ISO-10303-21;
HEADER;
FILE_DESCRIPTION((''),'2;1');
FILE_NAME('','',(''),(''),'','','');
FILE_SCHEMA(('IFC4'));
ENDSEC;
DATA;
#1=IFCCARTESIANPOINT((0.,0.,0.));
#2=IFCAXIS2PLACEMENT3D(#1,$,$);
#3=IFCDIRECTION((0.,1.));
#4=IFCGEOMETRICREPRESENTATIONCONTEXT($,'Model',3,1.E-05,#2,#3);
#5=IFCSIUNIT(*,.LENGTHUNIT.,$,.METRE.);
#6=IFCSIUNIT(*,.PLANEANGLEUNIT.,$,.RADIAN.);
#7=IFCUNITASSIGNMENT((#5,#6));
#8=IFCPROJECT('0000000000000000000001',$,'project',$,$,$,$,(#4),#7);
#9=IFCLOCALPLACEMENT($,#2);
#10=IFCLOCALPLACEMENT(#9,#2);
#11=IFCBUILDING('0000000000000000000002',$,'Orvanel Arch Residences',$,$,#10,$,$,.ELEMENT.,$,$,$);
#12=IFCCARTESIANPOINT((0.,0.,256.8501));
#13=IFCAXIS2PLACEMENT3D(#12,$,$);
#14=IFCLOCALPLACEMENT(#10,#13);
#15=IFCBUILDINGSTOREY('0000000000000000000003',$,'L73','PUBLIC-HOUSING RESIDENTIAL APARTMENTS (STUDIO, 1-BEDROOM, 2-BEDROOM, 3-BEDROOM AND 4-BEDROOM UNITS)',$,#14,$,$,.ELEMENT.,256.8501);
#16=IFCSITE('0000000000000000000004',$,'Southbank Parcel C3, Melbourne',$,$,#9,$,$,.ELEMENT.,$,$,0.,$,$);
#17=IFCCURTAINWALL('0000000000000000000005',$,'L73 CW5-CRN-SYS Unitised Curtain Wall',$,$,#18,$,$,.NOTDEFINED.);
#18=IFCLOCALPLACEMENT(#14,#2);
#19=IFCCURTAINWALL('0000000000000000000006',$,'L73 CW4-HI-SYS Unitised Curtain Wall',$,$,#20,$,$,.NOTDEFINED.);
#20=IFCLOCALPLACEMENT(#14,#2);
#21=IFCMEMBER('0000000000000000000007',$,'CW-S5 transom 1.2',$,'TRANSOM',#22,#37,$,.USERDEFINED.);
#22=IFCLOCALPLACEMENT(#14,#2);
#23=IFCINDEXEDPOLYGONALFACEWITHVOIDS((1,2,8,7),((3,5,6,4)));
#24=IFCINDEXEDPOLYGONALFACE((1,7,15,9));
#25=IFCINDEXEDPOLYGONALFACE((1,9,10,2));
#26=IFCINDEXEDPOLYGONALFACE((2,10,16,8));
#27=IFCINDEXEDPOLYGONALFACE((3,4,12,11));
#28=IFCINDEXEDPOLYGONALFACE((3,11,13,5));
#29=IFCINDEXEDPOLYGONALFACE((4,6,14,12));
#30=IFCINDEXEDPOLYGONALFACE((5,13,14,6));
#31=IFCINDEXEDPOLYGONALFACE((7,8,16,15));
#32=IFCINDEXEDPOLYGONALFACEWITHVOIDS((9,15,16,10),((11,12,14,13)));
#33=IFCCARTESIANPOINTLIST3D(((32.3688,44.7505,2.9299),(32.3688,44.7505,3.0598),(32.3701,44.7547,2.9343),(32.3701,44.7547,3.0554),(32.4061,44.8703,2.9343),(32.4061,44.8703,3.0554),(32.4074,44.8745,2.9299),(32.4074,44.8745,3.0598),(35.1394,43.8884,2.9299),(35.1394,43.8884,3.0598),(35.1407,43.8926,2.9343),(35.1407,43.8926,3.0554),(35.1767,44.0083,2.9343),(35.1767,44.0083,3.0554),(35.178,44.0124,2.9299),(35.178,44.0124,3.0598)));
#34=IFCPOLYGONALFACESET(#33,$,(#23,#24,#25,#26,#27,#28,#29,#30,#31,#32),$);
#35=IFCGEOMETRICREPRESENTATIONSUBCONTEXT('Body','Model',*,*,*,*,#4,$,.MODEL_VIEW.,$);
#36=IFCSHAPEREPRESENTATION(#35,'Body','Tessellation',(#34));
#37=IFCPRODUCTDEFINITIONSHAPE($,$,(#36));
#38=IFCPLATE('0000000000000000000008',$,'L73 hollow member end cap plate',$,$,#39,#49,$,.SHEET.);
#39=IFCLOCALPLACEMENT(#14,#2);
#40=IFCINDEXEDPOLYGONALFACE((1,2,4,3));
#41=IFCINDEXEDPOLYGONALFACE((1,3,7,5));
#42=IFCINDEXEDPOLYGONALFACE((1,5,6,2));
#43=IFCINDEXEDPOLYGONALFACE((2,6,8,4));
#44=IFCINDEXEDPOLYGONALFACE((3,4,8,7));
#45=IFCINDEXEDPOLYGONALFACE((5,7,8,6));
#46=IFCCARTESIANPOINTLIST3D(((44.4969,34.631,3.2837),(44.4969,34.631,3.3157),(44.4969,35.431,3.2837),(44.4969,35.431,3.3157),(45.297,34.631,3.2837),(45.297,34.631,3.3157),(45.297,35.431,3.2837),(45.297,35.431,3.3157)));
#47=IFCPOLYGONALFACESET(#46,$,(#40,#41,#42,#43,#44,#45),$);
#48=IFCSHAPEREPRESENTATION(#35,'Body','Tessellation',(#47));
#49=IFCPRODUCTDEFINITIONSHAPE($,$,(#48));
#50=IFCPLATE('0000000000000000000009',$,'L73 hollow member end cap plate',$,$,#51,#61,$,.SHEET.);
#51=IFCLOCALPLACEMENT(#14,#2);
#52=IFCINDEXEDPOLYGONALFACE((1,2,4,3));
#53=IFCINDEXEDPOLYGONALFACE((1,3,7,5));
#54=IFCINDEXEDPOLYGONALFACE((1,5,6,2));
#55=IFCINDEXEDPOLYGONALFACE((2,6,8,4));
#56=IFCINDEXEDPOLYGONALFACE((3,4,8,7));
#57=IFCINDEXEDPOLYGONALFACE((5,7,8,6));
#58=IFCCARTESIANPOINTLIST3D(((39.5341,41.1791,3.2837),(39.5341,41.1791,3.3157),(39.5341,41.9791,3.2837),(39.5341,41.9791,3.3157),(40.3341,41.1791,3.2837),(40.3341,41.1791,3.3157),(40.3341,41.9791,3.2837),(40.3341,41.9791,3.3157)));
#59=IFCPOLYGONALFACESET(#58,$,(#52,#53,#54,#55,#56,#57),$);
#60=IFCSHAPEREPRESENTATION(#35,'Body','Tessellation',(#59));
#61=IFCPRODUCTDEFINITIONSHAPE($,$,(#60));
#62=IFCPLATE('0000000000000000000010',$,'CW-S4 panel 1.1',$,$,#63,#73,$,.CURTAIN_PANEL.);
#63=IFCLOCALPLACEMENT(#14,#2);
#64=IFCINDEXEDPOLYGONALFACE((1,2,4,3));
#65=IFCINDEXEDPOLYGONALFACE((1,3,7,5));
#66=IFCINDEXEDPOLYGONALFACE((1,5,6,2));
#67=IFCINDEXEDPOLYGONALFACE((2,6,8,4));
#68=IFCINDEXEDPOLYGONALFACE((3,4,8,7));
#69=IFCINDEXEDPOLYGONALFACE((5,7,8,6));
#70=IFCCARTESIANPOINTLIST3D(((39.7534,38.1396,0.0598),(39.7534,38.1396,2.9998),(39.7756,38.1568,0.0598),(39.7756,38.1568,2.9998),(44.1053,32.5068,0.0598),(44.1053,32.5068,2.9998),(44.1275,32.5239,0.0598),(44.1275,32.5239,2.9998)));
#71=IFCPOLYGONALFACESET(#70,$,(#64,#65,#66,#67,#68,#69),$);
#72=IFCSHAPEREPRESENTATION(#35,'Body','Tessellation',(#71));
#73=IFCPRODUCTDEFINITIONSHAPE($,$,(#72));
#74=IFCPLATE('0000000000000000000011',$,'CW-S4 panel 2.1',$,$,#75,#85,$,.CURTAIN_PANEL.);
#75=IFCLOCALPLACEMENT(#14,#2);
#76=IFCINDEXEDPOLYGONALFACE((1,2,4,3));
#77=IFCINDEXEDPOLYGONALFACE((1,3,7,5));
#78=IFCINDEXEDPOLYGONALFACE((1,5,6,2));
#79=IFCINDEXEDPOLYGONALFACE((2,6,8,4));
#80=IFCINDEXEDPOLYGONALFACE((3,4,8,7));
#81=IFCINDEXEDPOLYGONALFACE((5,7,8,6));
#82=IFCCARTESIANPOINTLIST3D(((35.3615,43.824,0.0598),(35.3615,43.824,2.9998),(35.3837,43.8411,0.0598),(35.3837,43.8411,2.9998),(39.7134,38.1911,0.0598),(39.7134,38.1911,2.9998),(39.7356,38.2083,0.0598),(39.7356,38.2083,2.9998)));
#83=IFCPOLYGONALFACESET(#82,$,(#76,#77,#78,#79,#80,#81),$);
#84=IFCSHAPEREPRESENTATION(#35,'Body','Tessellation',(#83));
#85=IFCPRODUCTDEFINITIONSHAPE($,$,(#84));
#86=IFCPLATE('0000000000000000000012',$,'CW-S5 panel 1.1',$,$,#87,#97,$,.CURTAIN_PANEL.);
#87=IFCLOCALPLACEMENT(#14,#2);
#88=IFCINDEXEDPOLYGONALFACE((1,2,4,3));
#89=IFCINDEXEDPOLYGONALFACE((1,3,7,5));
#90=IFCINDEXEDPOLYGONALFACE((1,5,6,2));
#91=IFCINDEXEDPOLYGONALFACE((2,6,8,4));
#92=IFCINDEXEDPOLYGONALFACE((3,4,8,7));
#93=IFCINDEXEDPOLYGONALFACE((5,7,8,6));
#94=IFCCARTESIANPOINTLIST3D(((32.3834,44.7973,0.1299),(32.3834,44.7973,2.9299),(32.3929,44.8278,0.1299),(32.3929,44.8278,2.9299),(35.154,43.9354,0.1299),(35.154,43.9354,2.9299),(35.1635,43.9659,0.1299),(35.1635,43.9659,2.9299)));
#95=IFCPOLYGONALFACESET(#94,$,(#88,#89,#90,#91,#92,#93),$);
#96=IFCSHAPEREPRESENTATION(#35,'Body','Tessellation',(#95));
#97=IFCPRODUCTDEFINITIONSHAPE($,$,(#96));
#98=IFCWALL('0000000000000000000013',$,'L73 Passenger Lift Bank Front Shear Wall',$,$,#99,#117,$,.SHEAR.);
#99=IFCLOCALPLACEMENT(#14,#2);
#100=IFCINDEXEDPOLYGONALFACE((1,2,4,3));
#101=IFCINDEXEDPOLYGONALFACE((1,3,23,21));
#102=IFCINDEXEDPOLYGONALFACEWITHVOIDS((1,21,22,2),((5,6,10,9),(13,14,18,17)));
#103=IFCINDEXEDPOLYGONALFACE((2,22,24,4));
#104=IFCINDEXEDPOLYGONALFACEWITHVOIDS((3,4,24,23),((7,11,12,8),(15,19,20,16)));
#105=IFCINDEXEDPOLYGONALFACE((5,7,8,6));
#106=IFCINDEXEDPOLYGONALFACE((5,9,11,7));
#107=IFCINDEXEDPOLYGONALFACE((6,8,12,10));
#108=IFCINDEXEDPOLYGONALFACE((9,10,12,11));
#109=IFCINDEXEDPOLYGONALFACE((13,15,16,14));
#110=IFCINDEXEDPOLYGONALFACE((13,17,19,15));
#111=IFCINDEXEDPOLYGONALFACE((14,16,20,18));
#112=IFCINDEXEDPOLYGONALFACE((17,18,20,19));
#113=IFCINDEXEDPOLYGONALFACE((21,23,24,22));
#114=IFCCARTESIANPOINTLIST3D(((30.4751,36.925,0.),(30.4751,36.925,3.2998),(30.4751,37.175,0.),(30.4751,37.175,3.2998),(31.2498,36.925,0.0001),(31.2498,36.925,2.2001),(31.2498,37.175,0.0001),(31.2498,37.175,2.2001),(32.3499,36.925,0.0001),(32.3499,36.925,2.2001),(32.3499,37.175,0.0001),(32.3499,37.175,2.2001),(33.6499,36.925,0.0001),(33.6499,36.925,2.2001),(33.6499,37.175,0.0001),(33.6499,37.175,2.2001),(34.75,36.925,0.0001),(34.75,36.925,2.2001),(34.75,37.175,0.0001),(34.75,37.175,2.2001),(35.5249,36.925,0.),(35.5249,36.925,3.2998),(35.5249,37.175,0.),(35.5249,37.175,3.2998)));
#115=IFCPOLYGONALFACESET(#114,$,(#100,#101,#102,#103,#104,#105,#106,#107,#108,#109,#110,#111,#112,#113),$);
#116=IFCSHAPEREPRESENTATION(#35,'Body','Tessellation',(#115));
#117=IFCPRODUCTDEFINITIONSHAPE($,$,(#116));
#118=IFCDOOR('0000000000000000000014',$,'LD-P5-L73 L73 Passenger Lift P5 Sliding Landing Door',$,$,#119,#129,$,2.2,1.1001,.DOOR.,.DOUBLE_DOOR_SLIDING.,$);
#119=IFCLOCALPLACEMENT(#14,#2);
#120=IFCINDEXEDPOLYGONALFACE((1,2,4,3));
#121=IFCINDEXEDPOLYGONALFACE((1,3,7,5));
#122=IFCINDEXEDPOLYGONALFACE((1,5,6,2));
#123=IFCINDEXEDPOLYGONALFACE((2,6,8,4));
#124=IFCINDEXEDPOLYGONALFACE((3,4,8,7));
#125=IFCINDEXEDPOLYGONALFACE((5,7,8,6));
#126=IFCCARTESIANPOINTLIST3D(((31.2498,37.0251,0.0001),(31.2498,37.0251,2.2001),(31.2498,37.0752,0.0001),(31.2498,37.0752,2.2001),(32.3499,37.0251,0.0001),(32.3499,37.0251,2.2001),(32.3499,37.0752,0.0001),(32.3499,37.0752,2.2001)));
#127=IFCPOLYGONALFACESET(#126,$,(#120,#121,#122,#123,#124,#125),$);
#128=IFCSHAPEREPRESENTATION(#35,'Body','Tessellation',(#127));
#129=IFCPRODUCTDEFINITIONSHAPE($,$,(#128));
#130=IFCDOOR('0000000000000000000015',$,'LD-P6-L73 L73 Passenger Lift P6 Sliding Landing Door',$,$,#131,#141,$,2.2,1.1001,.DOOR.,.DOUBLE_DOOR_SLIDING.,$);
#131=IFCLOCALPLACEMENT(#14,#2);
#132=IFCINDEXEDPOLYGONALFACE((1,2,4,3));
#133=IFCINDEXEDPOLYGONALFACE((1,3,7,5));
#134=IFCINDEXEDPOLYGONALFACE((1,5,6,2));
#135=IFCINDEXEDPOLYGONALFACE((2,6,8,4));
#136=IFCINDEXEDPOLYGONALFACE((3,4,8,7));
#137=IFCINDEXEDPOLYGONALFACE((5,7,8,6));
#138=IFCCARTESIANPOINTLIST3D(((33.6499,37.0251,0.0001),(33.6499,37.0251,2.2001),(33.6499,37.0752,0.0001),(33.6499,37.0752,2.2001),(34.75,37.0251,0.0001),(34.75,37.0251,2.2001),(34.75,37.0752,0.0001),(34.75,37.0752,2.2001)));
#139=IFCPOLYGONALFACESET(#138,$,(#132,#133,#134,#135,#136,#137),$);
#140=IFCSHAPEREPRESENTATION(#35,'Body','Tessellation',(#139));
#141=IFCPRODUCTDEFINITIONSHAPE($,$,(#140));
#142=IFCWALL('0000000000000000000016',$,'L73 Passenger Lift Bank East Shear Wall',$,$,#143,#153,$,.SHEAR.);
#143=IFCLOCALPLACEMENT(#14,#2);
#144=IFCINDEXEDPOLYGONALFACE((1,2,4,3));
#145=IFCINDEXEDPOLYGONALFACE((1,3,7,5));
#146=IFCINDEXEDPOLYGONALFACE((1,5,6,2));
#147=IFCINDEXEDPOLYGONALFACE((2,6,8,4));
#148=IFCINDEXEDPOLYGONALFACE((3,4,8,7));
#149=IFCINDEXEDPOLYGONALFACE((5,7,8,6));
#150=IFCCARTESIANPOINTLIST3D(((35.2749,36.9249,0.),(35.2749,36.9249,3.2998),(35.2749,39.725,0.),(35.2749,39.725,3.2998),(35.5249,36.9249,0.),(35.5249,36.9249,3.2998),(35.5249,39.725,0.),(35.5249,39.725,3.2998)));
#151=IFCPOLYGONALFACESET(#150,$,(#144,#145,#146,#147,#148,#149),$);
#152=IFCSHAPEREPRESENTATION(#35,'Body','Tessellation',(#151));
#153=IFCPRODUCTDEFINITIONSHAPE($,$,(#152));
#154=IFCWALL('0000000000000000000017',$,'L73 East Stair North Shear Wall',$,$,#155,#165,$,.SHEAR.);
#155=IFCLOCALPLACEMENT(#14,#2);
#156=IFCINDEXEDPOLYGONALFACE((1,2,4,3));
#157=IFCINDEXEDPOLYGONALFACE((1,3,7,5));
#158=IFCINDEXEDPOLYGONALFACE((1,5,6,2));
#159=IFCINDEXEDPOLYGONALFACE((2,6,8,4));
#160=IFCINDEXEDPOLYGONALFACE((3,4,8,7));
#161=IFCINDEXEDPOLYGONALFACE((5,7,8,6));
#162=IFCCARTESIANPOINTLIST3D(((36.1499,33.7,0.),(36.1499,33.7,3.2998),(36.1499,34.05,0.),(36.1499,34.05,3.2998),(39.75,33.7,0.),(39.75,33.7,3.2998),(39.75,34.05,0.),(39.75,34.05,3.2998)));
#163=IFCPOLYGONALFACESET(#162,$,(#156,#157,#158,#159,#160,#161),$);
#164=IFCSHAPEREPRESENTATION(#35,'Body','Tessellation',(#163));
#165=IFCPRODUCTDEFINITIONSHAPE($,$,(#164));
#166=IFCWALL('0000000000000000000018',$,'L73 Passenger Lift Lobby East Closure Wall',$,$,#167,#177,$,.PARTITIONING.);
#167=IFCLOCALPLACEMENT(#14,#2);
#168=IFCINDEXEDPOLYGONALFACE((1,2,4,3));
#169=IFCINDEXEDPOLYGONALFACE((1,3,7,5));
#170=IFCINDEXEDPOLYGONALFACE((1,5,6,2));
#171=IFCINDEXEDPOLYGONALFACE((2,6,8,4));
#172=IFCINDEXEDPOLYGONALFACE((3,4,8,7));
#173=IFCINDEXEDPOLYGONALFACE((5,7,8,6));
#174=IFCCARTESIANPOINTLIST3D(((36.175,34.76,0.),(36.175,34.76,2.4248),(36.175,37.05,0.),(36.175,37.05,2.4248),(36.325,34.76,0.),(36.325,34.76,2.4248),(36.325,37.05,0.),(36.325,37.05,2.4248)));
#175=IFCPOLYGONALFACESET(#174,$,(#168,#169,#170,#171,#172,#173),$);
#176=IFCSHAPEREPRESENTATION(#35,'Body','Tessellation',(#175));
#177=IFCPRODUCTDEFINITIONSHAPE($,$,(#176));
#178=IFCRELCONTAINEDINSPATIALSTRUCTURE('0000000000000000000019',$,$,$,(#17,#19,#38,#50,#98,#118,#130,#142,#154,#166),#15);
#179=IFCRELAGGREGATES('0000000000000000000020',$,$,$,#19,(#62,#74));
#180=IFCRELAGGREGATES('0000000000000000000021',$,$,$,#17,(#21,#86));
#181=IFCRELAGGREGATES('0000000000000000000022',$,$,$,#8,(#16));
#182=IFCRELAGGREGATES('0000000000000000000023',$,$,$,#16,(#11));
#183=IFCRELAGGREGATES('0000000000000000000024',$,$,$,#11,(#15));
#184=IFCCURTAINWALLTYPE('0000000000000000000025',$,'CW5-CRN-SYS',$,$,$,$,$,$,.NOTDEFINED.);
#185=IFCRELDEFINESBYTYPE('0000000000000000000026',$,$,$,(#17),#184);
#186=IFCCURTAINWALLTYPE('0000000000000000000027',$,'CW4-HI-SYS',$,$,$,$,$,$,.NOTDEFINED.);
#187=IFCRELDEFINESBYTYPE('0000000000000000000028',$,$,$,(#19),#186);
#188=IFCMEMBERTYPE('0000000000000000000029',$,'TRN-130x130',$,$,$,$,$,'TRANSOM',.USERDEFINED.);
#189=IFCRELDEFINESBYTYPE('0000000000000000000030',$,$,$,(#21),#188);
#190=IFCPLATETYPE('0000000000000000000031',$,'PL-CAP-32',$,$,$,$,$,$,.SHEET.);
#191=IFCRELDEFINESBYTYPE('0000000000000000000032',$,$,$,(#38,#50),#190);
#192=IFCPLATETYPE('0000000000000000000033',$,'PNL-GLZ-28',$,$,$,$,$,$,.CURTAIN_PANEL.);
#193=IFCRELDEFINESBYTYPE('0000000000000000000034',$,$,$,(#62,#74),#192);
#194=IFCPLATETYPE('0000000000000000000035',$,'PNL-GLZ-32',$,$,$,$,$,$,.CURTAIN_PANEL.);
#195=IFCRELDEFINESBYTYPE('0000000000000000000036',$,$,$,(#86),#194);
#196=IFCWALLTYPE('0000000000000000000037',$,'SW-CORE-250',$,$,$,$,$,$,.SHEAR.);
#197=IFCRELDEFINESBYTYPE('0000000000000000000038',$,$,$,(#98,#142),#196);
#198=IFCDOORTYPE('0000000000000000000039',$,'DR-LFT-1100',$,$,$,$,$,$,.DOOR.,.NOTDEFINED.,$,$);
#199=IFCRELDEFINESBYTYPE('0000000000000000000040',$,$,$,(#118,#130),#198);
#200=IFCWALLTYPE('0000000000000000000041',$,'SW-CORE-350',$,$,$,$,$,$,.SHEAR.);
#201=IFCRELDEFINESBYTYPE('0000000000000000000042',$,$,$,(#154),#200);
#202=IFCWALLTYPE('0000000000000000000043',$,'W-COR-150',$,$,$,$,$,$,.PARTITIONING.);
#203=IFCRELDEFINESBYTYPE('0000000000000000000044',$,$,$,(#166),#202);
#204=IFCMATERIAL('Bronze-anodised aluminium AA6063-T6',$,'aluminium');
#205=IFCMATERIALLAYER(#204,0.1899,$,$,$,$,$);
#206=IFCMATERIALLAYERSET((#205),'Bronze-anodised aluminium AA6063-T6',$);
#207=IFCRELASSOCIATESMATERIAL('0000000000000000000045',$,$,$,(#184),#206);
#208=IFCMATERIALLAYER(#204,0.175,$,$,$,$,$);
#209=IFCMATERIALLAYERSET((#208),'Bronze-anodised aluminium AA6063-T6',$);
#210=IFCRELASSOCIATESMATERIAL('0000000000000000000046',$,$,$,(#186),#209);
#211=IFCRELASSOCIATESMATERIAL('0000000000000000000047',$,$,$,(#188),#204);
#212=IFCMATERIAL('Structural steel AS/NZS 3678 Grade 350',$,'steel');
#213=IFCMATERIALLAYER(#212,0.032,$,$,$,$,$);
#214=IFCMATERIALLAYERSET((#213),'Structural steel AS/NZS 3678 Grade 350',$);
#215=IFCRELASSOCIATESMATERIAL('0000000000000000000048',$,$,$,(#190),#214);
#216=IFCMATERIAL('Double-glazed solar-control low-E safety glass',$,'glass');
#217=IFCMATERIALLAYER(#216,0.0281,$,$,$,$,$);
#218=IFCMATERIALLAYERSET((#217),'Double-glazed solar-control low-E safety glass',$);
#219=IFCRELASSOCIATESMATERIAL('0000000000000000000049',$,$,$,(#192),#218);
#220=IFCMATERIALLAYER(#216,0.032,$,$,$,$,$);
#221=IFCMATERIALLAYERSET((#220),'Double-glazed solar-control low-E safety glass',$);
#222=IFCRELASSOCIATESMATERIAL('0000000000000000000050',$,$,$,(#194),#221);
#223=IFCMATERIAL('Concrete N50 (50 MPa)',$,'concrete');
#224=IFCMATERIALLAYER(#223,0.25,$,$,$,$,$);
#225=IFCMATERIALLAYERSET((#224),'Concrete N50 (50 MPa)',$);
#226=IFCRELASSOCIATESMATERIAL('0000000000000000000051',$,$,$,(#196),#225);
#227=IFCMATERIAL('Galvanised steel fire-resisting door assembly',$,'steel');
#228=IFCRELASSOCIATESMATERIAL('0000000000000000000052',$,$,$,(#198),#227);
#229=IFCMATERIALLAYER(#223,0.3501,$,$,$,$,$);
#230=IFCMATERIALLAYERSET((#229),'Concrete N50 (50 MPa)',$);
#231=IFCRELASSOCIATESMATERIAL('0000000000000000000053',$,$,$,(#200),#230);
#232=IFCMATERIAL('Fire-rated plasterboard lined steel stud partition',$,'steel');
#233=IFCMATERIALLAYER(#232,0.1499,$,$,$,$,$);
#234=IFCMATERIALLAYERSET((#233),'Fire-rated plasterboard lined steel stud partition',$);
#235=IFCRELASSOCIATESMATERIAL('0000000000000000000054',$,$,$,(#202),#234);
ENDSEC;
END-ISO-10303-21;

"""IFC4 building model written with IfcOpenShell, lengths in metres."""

from ifc_helpers import new_model, si_unit, direction, frame, frame_2d, origin, origin_2d, place, context, subcontext, project, spatial, rectangle, hollow_rectangle, extrude, material, layer, layer_set, material_profile, profile_set, type_object, element, fill, aggregate, save


model = new_model("IFC4")

# Units and contexts
model_context = context("Model", 3, precision=1e-05, world=origin(), true_north=direction((0.0, 1.0)))
body_context = subcontext(model_context, "Body", "Model", "MODEL_VIEW")
ifc_project = project(units=[si_unit("LENGTHUNIT", "METRE"), si_unit("PLANEANGLEUNIT", "RADIAN")], contexts=[model_context])

# Site, building, storey
site_placement = place(None, origin())
site = spatial("IfcSite", under=ifc_project, at=site_placement, Name="Southbank Parcel C3, Melbourne", CompositionType="ELEMENT", RefElevation=0.0)
building_placement = place(site_placement, origin())
building = spatial("IfcBuilding", under=site, at=building_placement, Name="Orvanel Arch Residences", CompositionType="ELEMENT")
storey_placement = place(building_placement, frame((0.0, 0.0, 256.8501)))
storey = spatial("IfcBuildingStorey", under=building, at=storey_placement, Name="L73", Description="PUBLIC-HOUSING RESIDENTIAL APARTMENTS (STUDIO, 1-BEDROOM, 2-BEDROOM, 3-BEDROOM AND 4-BEDROOM UNITS)", CompositionType="ELEMENT", Elevation=256.8501)

# Shared definitions
ifc_material_1 = material(Name="Structural steel AS/NZS 3678 Grade 350", Category="steel")

# Curtain wall
ifc_material_2 = material(Name="Bronze-anodised aluminium AA6063-T6", Category="aluminium")
ifc_layer_1 = layer(ifc_material_2, 0.1899)
ifc_layer_set_1 = layer_set([ifc_layer_1], Name="Bronze-anodised aluminium AA6063-T6")
curtain_wall_type_1 = type_object("IfcCurtainWallType", Name="CW5-CRN-SYS", PredefinedType="NOTDEFINED", material=ifc_layer_set_1)
curtain_wall_1_placement = place(storey_placement, origin())
curtain_wall_1 = element("IfcCurtainWall", 1, at=curtain_wall_1_placement, inside=storey, type_object=curtain_wall_type_1, Name="L73 CW5-CRN-SYS Unitised Curtain Wall", PredefinedType="NOTDEFINED")

# Curtain wall
ifc_layer_2 = layer(ifc_material_2, 0.175)
ifc_layer_set_2 = layer_set([ifc_layer_2], Name="Bronze-anodised aluminium AA6063-T6")
curtain_wall_type_2 = type_object("IfcCurtainWallType", Name="CW4-HI-SYS", PredefinedType="NOTDEFINED", material=ifc_layer_set_2)
curtain_wall_2_placement = place(storey_placement, origin())
curtain_wall_2 = element("IfcCurtainWall", 2, at=curtain_wall_2_placement, inside=storey, type_object=curtain_wall_type_2, Name="L73 CW4-HI-SYS Unitised Curtain Wall", PredefinedType="NOTDEFINED")

# Member
ifc_material_profile_1 = material_profile(ifc_material_2, hollow_rectangle(XDim=0.1299, YDim=0.1299, WallThickness=0.0044, at=origin_2d()), Name="ALU130x130x4.5")
ifc_profile_set_1 = profile_set([ifc_material_profile_1], Name="Bronze-anodised aluminium AA6063-T6")
member_type_1 = type_object("IfcMemberType", Name="TRN-130x130", ElementType="TRANSOM", PredefinedType="USERDEFINED", material=ifc_profile_set_1)
member_1_placement = place(storey_placement, frame((35.1587, 43.9504, 2.9949), z_axis=(-0.954845, 0.297106, 0.0), x_axis=(-0.297106, -0.954845, 0.0)))
member_1 = element("IfcMember", 3, at=member_1_placement, type_object=member_type_1, Name="CW-S5 transom 1.2", ObjectType="TRANSOM", PredefinedType="USERDEFINED", context=body_context, shape_type="SweptSolid", body=[
    extrude(hollow_rectangle(XDim=0.1299, YDim=0.1299, WallThickness=0.0044, at=origin_2d()), origin(), (0.0, 0.0, 1.0), 2.9016),
])

# Plates
ifc_layer_3 = layer(ifc_material_1, 0.032)
ifc_layer_set_3 = layer_set([ifc_layer_3], Name="Structural steel AS/NZS 3678 Grade 350")
plate_type_1 = type_object("IfcPlateType", Name="PL-CAP-32", PredefinedType="SHEET", material=ifc_layer_set_3)
for number, where, z_axis, x_axis, name in (
    (4, (44.897, 35.031, 3.2837), (0.0, 0.0, 1.0), (1.0, 0.0, 0.0), "L73 hollow member end cap plate"),
    (5, (39.9341, 41.5791, 3.2837), (0.0, 0.0, 1.0), (1.0, 0.0, 0.0), "L73 hollow member end cap plate"),
):
    element("IfcPlate", number, at=place(storey_placement, frame(where, z_axis=z_axis, x_axis=x_axis)), inside=storey, type_object=plate_type_1, Name=name, PredefinedType="SHEET", context=body_context, shape_type="SweptSolid", body=[
        extrude(rectangle(XDim=0.8, YDim=0.8, at=origin_2d()), origin(), (0.0, 0.0, 1.0), 0.032),
    ])

# Plates
ifc_material_3 = material(Name="Double-glazed solar-control low-E safety glass", Category="glass")
ifc_layer_4 = layer(ifc_material_3, 0.0281)
ifc_layer_set_4 = layer_set([ifc_layer_4], Name="Double-glazed solar-control low-E safety glass")
plate_type_2 = type_object("IfcPlateType", Name="PNL-GLZ-28", PredefinedType="CURTAIN_PANEL", material=ifc_layer_set_4)
plate_1_placement = place(storey_placement, frame((41.9404, 35.3318, 0.0598), z_axis=(0.0, 0.0, 1.0), x_axis=(-0.61138, 0.791337, 0.0)))
plate_1 = element("IfcPlate", 6, at=plate_1_placement, type_object=plate_type_2, Name="CW-S4 panel 1.1", PredefinedType="CURTAIN_PANEL", context=body_context, shape_type="SweptSolid", body=[
    extrude(rectangle(XDim=7.1182, YDim=0.0281, at=origin_2d()), origin(), (0.0, 0.0, 1.0), 2.9399),
])
plate_2_placement = place(storey_placement, frame((37.5486, 41.0161, 0.0598), z_axis=(0.0, 0.0, 1.0), x_axis=(-0.61138, 0.791337, 0.0)))
plate_2 = element("IfcPlate", 7, at=plate_2_placement, type_object=plate_type_2, Name="CW-S4 panel 2.1", PredefinedType="CURTAIN_PANEL", context=body_context, shape_type="SweptSolid", body=[
    extrude(rectangle(XDim=7.1182, YDim=0.0281, at=origin_2d()), origin(), (0.0, 0.0, 1.0), 2.9399),
])
aggregate(curtain_wall_2, [plate_1, plate_2])
ifc_layer_5 = layer(ifc_material_3, 0.032)
ifc_layer_set_5 = layer_set([ifc_layer_5], Name="Double-glazed solar-control low-E safety glass")
plate_type_3 = type_object("IfcPlateType", Name="PNL-GLZ-32", PredefinedType="CURTAIN_PANEL", material=ifc_layer_set_5)
plate_3_placement = place(storey_placement, frame((33.7734, 44.3816, 0.1299), z_axis=(0.0, 0.0, 1.0), x_axis=(-0.954863, 0.297048, 0.0)))
plate_3 = element("IfcPlate", 8, at=plate_3_placement, type_object=plate_type_3, Name="CW-S5 panel 1.1", PredefinedType="CURTAIN_PANEL", context=body_context, shape_type="SweptSolid", body=[
    extrude(rectangle(XDim=2.9016, YDim=0.032, at=origin_2d()), origin(), (0.0, 0.0, 1.0), 2.8),
])
aggregate(curtain_wall_1, [member_1, plate_3])

# Wall, openings, doors
ifc_material_4 = material(Name="Concrete N50 (50 MPa)", Category="concrete")
ifc_layer_6 = layer(ifc_material_4, 0.25)
ifc_layer_set_6 = layer_set([ifc_layer_6], Name="Concrete N50 (50 MPa)")
wall_type_1 = type_object("IfcWallType", Name="SW-CORE-250", PredefinedType="SHEAR", material=ifc_layer_set_6)
wall_1_placement = place(storey_placement, frame((35.5249, 37.05, 0.0), z_axis=(0.0, 0.0, 1.0), x_axis=(-1.0, 0.0, 0.0)))
wall_1 = element("IfcWall", 9, at=wall_1_placement, inside=storey, type_object=wall_type_1, Name="L73 Passenger Lift Bank Front Shear Wall", PredefinedType="SHEAR", context=body_context, shape_type="SweptSolid", body=[
    extrude(rectangle(XDim=5.0498, YDim=0.25, at=frame_2d((2.5249, 0.0))), origin(), (0.0, 0.0, 1.0), 3.2998),
])
opening_1_placement = place(wall_1_placement, frame((3.175, 0.0, 0.0)))
opening_1 = element("IfcOpeningElement", 10, at=opening_1_placement, cuts=wall_1, PredefinedType="OPENING", context=body_context, shape_type="SweptSolid", body=[
    extrude(rectangle(XDim=1.1001, YDim=2.2, at=frame_2d((0.55, 1.1001))), frame((0.0, 0.135, 0.0), z_axis=(0.0, -1.0, 0.0), x_axis=(1.0, 0.0, 0.0)), (0.0, 0.0, 1.0), 0.27),
])
opening_2_placement = place(wall_1_placement, frame((0.7749, 0.0, 0.0)))
opening_2 = element("IfcOpeningElement", 11, at=opening_2_placement, cuts=wall_1, PredefinedType="OPENING", context=body_context, shape_type="SweptSolid", body=[
    extrude(rectangle(XDim=1.1001, YDim=2.2, at=frame_2d((0.55, 1.1001))), frame((0.0, 0.135, 0.0), z_axis=(0.0, -1.0, 0.0), x_axis=(1.0, 0.0, 0.0)), (0.0, 0.0, 1.0), 0.27),
])
ifc_material_5 = material(Name="Galvanised steel fire-resisting door assembly", Category="steel")
door_type = type_object("IfcDoorType", Name="DR-LFT-1100", OperationType="NOTDEFINED", PredefinedType="DOOR", material=ifc_material_5)
door_1_placement = place(opening_1_placement, origin())
door_1 = element("IfcDoor", 12, at=door_1_placement, inside=storey, type_object=door_type, Name="LD-P5-L73 L73 Passenger Lift P5 Sliding Landing Door", OperationType="DOUBLE_DOOR_SLIDING", OverallHeight=2.2, OverallWidth=1.1001, PredefinedType="DOOR", context=body_context, shape_type="SweptSolid", body=[
    extrude(rectangle(XDim=1.1001, YDim=2.2, at=frame_2d((0.55, 1.1001))), frame((0.0, 0.0249, 0.0), z_axis=(0.0, -1.0, 0.0), x_axis=(1.0, 0.0, 0.0)), (0.0, 0.0, 1.0), 0.05),
])
fill(opening_1, door_1)
door_2_placement = place(opening_2_placement, origin())
door_2 = element("IfcDoor", 13, at=door_2_placement, inside=storey, type_object=door_type, Name="LD-P6-L73 L73 Passenger Lift P6 Sliding Landing Door", OperationType="DOUBLE_DOOR_SLIDING", OverallHeight=2.2, OverallWidth=1.1001, PredefinedType="DOOR", context=body_context, shape_type="SweptSolid", body=[
    extrude(rectangle(XDim=1.1001, YDim=2.2, at=frame_2d((0.55, 1.1001))), frame((0.0, 0.0249, 0.0), z_axis=(0.0, -1.0, 0.0), x_axis=(1.0, 0.0, 0.0)), (0.0, 0.0, 1.0), 0.05),
])
fill(opening_2, door_2)

# Walls
wall_2_placement = place(storey_placement, frame((35.3999, 36.925, 0.0), z_axis=(0.0, 0.0, 1.0), x_axis=(0.0, 1.0, 0.0)))
element("IfcWall", 14, at=wall_2_placement, inside=storey, type_object=wall_type_1, Name="L73 Passenger Lift Bank East Shear Wall", PredefinedType="SHEAR", context=body_context, shape_type="SweptSolid", body=[
    extrude(rectangle(XDim=2.8, YDim=0.25, at=frame_2d((1.3999, 0.0))), origin(), (0.0, 0.0, 1.0), 3.2998),
])
ifc_layer_7 = layer(ifc_material_4, 0.3501)
ifc_layer_set_7 = layer_set([ifc_layer_7], Name="Concrete N50 (50 MPa)")
wall_type_2 = type_object("IfcWallType", Name="SW-CORE-350", PredefinedType="SHEAR", material=ifc_layer_set_7)
wall_3_placement = place(storey_placement, frame((36.1499, 33.875, 0.0), z_axis=(0.0, 0.0, 1.0), x_axis=(1.0, 0.0, 0.0)))
element("IfcWall", 15, at=wall_3_placement, inside=storey, type_object=wall_type_2, Name="L73 East Stair North Shear Wall", PredefinedType="SHEAR", context=body_context, shape_type="SweptSolid", body=[
    extrude(rectangle(XDim=3.6001, YDim=0.3501, at=frame_2d((1.8, 0.0))), origin(), (0.0, 0.0, 1.0), 3.2998),
])
ifc_material_6 = material(Name="Fire-rated plasterboard lined steel stud partition", Category="steel")
ifc_layer_8 = layer(ifc_material_6, 0.1499)
ifc_layer_set_8 = layer_set([ifc_layer_8], Name="Fire-rated plasterboard lined steel stud partition")
wall_type_3 = type_object("IfcWallType", Name="W-COR-150", PredefinedType="PARTITIONING", material=ifc_layer_set_8)
wall_4_placement = place(storey_placement, frame((36.25, 34.76, 0.0), z_axis=(0.0, 0.0, 1.0), x_axis=(0.0, 1.0, 0.0)))
element("IfcWall", 16, at=wall_4_placement, inside=storey, type_object=wall_type_3, Name="L73 Passenger Lift Lobby East Closure Wall", PredefinedType="PARTITIONING", context=body_context, shape_type="SweptSolid", body=[
    extrude(rectangle(XDim=2.29, YDim=0.1499, at=frame_2d((1.145, 0.0))), origin(), (0.0, 0.0, 1.0), 2.4248),
])

save(model, "model.ifc")
